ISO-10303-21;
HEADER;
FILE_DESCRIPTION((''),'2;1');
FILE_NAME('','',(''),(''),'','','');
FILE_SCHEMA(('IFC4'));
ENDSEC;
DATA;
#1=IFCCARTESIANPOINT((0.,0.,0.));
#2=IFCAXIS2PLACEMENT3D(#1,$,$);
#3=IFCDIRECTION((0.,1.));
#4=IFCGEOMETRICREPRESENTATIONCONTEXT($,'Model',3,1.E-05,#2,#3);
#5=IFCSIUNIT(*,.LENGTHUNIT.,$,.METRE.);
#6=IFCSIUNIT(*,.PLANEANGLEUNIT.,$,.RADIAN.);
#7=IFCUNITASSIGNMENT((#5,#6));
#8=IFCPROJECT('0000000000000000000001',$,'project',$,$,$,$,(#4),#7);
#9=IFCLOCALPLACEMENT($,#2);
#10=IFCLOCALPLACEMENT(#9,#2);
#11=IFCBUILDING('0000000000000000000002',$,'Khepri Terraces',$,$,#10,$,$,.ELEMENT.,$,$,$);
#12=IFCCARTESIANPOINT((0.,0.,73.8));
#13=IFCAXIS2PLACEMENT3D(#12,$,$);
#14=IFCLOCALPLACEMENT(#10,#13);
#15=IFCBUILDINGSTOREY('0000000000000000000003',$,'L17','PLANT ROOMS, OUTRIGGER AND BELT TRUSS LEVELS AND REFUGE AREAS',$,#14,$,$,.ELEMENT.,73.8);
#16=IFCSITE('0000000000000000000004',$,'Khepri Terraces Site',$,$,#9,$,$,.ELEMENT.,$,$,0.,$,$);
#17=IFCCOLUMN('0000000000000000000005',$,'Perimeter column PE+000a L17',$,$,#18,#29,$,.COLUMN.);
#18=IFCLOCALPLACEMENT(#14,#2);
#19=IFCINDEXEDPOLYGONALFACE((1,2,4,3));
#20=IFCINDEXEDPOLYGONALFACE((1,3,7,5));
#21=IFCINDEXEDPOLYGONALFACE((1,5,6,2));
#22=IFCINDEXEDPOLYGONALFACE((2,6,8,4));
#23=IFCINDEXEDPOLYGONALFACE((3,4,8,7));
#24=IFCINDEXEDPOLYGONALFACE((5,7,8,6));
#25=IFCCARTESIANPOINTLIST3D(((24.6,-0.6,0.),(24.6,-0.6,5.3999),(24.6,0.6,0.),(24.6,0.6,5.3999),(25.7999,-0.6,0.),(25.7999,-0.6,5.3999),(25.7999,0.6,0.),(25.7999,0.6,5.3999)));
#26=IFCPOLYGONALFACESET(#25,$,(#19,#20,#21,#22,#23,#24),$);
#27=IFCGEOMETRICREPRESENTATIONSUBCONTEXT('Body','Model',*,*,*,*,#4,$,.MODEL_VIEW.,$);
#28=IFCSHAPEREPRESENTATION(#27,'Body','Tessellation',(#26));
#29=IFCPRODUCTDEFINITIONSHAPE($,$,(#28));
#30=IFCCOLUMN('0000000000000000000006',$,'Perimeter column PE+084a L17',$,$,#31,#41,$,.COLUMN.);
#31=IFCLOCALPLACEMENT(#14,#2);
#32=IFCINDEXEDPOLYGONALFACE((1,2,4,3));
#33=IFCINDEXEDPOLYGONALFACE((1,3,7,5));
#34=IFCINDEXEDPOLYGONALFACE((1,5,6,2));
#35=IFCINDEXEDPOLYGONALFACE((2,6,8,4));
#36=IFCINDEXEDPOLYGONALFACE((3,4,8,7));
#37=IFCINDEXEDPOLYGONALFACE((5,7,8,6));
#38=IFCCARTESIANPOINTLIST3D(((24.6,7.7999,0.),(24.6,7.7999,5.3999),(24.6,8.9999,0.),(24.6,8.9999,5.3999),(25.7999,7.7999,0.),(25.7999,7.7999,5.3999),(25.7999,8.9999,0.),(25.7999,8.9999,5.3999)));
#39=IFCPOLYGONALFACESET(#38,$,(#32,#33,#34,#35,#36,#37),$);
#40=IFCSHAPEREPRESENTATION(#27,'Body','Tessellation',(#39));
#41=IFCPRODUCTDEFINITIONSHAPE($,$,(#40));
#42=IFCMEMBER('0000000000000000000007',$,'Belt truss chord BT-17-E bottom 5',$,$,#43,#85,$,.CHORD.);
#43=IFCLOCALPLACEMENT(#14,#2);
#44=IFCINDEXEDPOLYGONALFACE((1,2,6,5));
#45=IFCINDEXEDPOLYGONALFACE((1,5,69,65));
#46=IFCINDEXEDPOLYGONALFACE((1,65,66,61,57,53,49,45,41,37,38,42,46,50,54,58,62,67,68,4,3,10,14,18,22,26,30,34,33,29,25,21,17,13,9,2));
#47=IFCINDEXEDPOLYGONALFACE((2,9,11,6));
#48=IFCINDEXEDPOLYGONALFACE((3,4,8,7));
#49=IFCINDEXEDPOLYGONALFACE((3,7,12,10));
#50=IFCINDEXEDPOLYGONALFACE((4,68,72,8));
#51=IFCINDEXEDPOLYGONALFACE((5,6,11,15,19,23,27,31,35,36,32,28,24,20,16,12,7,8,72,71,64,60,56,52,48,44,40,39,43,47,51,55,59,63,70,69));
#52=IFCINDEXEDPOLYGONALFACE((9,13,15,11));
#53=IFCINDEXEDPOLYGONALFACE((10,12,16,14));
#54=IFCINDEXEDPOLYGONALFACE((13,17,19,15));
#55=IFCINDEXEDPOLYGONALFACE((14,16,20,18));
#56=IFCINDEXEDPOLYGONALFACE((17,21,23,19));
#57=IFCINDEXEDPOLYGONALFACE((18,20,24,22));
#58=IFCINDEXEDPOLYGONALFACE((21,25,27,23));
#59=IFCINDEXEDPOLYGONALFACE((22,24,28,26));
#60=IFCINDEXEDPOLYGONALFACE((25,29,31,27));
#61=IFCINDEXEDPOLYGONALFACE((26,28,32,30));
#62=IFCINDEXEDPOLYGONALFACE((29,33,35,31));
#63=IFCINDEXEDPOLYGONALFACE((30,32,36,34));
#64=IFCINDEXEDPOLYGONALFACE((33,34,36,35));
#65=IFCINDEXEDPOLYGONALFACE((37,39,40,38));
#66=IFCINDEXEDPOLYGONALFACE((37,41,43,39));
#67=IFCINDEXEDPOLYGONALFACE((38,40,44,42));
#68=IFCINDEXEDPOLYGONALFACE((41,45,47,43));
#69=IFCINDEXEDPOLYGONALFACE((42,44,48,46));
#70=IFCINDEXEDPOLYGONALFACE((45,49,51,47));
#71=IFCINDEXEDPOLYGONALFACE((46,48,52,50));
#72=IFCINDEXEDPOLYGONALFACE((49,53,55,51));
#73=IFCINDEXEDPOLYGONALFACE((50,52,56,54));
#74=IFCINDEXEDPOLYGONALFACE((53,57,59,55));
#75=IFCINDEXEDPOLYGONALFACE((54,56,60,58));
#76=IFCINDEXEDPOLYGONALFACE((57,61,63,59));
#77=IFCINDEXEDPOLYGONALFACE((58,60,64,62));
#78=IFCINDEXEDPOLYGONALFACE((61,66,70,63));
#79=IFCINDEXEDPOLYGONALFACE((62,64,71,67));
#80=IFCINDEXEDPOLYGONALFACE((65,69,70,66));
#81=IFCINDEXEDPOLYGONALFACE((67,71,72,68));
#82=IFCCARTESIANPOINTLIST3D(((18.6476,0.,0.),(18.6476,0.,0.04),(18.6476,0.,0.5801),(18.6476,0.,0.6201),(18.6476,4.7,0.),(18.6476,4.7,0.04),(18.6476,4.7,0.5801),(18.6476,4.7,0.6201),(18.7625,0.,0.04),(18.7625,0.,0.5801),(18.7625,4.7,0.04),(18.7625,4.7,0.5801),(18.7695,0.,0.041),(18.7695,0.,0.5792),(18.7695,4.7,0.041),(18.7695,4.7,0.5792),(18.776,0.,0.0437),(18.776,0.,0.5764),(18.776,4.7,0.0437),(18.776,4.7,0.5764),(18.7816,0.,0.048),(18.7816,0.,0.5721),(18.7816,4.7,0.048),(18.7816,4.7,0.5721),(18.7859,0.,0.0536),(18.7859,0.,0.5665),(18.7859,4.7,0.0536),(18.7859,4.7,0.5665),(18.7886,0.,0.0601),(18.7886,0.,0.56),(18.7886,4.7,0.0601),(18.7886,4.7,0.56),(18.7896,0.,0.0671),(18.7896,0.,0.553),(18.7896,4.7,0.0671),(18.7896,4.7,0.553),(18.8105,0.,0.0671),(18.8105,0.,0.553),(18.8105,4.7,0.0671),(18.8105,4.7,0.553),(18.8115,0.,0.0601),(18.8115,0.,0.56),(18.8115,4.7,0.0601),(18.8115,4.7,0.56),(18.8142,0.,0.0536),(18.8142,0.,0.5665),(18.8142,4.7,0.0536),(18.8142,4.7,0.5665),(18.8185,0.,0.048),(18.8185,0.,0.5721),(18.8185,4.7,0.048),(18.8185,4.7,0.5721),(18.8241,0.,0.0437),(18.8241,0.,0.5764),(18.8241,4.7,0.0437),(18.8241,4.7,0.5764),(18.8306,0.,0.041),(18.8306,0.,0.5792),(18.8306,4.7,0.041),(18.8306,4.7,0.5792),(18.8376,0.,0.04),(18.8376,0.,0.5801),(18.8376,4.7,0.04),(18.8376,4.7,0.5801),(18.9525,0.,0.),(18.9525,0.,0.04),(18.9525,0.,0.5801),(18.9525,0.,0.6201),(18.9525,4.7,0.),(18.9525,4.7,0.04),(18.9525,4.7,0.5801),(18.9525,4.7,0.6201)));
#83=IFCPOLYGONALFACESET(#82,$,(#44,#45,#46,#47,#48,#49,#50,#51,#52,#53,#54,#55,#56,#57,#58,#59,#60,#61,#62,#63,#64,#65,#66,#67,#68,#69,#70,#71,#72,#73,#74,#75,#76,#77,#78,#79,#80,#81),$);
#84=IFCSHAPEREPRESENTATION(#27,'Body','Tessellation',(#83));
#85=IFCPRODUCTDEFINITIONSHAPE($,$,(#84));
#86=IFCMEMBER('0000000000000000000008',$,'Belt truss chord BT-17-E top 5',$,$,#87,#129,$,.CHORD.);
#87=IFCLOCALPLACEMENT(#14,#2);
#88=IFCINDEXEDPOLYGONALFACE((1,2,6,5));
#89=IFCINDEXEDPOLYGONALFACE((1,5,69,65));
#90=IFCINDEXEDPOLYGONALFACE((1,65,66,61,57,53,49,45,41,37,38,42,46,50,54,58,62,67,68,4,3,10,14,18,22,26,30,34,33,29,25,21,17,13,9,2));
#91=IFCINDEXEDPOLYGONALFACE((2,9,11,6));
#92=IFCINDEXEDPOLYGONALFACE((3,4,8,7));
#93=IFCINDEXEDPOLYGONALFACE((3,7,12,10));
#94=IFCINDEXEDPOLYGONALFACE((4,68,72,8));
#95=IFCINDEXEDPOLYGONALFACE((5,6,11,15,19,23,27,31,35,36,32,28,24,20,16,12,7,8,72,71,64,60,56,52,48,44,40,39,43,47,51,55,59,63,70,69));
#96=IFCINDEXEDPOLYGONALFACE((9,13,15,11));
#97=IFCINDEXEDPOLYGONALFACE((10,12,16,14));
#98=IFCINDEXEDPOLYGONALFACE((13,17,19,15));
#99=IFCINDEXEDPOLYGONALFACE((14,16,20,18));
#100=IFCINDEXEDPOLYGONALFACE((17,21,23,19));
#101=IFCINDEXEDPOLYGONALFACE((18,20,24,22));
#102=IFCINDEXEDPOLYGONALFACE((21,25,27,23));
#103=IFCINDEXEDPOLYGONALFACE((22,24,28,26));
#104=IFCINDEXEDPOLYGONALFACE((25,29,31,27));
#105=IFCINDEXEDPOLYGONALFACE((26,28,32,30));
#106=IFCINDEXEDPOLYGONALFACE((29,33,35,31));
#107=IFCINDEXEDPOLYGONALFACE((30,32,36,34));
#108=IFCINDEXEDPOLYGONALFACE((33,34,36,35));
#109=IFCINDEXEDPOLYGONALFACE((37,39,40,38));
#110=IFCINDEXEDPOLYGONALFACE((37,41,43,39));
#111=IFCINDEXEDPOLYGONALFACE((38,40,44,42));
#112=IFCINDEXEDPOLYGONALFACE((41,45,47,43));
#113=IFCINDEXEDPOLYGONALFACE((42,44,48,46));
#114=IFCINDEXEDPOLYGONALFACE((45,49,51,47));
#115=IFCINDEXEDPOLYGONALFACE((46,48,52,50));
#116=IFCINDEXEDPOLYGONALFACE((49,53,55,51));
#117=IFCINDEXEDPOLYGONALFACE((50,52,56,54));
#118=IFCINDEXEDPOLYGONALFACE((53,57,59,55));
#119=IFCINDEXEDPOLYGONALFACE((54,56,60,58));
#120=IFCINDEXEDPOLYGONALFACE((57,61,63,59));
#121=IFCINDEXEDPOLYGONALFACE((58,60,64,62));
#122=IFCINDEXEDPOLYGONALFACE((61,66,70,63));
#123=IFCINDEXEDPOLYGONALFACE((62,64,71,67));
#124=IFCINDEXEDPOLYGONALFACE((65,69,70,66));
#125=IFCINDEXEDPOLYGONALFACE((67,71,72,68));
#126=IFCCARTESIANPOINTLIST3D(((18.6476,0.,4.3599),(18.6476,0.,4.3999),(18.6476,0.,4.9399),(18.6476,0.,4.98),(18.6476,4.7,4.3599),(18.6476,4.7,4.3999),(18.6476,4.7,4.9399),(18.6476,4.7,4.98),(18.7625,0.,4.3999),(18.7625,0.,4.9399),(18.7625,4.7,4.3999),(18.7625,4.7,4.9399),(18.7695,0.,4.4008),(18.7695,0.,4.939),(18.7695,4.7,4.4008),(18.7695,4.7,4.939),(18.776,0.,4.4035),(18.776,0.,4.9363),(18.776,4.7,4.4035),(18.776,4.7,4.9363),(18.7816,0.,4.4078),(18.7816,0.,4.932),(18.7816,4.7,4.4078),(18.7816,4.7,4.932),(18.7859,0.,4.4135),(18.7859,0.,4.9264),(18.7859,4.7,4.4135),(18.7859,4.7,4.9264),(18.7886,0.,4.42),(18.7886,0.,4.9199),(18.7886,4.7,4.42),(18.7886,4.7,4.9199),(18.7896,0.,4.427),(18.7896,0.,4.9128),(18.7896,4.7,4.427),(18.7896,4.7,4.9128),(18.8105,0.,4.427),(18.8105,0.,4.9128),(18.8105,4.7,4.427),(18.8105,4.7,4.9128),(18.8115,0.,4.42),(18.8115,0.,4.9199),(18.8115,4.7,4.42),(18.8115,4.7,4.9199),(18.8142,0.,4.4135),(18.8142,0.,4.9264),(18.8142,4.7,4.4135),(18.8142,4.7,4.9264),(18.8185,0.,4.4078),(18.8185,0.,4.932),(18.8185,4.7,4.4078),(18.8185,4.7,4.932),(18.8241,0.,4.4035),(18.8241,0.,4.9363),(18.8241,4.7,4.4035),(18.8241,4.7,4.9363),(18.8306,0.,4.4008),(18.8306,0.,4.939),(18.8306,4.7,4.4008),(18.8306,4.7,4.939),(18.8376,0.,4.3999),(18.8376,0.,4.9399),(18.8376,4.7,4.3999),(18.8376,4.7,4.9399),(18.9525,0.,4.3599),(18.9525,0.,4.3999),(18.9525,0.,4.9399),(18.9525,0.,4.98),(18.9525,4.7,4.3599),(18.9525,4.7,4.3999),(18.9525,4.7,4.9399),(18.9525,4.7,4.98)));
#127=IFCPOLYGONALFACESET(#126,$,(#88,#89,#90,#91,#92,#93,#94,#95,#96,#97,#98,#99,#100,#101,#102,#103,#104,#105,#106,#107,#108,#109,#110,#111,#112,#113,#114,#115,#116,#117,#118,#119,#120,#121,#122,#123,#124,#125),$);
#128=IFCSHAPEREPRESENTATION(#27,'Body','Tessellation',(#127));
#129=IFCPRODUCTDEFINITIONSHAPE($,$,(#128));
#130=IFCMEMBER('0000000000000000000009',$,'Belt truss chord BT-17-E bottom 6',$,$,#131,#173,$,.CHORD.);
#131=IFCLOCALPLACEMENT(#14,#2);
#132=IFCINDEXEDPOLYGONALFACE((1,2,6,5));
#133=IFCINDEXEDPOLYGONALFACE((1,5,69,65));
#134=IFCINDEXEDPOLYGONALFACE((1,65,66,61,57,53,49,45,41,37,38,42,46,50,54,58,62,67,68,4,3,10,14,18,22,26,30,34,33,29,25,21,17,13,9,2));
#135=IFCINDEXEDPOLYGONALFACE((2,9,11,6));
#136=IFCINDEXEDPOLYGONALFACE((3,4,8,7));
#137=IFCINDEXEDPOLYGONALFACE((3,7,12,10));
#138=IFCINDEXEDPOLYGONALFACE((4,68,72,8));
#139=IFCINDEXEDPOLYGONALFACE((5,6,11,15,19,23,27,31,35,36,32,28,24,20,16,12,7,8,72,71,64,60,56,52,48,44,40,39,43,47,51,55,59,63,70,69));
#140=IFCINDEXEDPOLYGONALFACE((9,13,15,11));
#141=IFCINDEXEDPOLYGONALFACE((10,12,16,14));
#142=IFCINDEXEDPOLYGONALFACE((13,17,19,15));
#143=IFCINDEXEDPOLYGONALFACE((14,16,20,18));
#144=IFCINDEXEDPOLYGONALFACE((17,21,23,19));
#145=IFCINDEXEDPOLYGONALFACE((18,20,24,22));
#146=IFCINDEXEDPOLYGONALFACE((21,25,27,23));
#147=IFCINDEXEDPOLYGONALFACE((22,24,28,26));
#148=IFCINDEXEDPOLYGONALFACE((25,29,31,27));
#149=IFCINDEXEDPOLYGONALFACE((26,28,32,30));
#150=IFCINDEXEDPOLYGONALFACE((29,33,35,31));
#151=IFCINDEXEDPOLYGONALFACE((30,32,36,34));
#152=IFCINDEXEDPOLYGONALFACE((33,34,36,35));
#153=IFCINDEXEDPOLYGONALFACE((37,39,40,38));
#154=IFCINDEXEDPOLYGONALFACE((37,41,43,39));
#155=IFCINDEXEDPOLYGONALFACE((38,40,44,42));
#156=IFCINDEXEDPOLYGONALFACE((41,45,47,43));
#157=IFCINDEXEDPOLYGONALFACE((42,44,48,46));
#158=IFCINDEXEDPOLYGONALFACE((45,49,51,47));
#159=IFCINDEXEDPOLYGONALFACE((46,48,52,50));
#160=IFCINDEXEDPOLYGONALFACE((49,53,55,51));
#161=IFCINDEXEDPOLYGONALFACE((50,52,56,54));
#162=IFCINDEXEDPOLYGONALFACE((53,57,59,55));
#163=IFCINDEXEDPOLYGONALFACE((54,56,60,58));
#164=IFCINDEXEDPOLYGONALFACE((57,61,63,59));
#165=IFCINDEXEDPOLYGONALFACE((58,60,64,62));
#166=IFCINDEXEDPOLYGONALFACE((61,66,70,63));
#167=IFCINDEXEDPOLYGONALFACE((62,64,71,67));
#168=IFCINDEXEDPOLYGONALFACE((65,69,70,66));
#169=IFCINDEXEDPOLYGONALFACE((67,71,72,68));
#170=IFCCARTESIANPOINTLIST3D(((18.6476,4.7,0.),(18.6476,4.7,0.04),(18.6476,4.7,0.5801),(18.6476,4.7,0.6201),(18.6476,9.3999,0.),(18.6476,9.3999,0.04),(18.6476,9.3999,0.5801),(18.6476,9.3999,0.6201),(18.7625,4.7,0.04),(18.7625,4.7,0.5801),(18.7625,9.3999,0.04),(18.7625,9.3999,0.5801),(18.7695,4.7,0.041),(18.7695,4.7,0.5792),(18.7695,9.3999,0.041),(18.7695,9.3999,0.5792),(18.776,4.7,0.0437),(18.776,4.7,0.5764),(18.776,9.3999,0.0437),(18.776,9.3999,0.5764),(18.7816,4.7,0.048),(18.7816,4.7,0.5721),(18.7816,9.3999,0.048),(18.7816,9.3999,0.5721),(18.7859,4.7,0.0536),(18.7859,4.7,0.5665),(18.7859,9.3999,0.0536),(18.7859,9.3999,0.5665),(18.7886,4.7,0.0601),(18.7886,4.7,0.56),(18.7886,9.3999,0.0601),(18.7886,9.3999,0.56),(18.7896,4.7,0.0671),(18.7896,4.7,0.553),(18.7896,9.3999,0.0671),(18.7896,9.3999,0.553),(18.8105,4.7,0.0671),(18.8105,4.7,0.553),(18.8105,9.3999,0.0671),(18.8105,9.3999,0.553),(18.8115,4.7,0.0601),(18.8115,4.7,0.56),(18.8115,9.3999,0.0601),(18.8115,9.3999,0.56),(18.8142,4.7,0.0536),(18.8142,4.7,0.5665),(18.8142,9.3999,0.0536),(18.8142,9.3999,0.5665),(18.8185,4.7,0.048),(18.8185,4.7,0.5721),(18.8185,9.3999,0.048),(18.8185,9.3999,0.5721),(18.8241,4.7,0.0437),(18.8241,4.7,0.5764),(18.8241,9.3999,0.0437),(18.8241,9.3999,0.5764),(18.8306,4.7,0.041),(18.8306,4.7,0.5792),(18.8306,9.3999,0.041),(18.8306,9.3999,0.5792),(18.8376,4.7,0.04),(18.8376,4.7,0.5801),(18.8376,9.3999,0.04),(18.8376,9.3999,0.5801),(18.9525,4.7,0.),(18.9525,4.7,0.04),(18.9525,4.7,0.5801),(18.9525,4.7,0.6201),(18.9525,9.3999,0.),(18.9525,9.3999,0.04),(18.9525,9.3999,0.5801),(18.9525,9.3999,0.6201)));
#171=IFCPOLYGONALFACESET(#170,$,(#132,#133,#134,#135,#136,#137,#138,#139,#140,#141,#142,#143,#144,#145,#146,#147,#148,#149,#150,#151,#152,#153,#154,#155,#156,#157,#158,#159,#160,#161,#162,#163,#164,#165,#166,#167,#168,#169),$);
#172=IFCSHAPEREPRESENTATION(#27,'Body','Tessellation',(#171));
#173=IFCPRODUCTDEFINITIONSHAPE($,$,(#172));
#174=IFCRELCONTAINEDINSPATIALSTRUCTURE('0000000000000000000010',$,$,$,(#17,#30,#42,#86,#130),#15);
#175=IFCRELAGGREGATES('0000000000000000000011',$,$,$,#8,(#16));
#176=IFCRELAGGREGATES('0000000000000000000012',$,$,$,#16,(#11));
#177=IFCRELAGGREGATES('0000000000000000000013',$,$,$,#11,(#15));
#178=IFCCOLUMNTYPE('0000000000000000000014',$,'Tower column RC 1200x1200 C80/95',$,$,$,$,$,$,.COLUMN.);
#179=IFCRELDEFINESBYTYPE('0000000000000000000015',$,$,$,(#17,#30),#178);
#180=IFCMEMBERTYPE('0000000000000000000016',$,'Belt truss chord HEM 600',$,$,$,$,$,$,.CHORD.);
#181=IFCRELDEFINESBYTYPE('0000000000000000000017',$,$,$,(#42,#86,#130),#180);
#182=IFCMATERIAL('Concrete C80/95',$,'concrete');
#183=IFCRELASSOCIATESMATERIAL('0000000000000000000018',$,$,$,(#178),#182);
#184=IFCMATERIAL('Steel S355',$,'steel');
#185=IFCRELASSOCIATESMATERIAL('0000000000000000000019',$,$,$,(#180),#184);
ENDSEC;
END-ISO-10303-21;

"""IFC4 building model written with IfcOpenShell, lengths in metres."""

from ifc_helpers import new_model, si_unit, direction, frame, origin, origin_2d, place, context, subcontext, project, spatial, rectangle, i_section, extrude, material, material_profile, profile_set, type_object, element, save


model = new_model("IFC4")

# Units and contexts
model_context = context("Model", 3, precision=1e-05, world=origin(), true_north=direction((0.0, 1.0)))
body_context = subcontext(model_context, "Body", "Model", "MODEL_VIEW")
ifc_project = project(units=[si_unit("LENGTHUNIT", "METRE"), si_unit("PLANEANGLEUNIT", "RADIAN")], contexts=[model_context])

# Site, building, storey
site_placement = place(None, origin())
site = spatial("IfcSite", under=ifc_project, at=site_placement, Name="Khepri Terraces Site", CompositionType="ELEMENT", RefElevation=0.0)
building_placement = place(site_placement, origin())
building = spatial("IfcBuilding", under=site, at=building_placement, Name="Khepri Terraces", CompositionType="ELEMENT")
storey_placement = place(building_placement, frame((0.0, 0.0, 73.8)))
storey = spatial("IfcBuildingStorey", under=building, at=storey_placement, Name="L17", Description="PLANT ROOMS, OUTRIGGER AND BELT TRUSS LEVELS AND REFUGE AREAS", CompositionType="ELEMENT", Elevation=73.8)

# Columns
ifc_material_1 = material(Name="Concrete C80/95", Category="concrete")
ifc_material_profile_1 = material_profile(ifc_material_1, rectangle(XDim=1.2, YDim=1.2, at=origin_2d()), Name="Concrete C80/95", Category="concrete")
ifc_profile_set_1 = profile_set([ifc_material_profile_1], Name="Concrete C80/95")
column_type = type_object("IfcColumnType", Name="Tower column RC 1200x1200 C80/95", PredefinedType="COLUMN", material=ifc_profile_set_1)
for number, where, z_axis, x_axis, name in (
    (1, (25.2, 0.0, 0.0), (0.0, 0.0, 1.0), (1.0, 0.0, 0.0), "Perimeter column PE+000a L17"),
    (2, (25.2, 8.3999, 0.0), (0.0, 0.0, 1.0), (1.0, 0.0, 0.0), "Perimeter column PE+084a L17"),
):
    element("IfcColumn", number, at=place(storey_placement, frame(where, z_axis=z_axis, x_axis=x_axis)), inside=storey, type_object=column_type, Name=name, PredefinedType="COLUMN", context=body_context, shape_type="SweptSolid", body=[
        extrude(rectangle(XDim=1.2, YDim=1.2, at=origin_2d()), origin(), (0.0, 0.0, 1.0), 5.3999),
    ])

# Members
ifc_material_2 = material(Name="Steel S355", Category="steel")
ifc_material_profile_2 = material_profile(ifc_material_2, i_section(OverallWidth=0.3049, OverallDepth=0.6201, WebThickness=0.021, FlangeThickness=0.04, FilletRadius=0.0271, at=origin_2d()), Name="Steel S355", Category="steel")
ifc_profile_set_2 = profile_set([ifc_material_profile_2], Name="Steel S355")
member_type_1 = type_object("IfcMemberType", Name="Belt truss chord HEM 600", PredefinedType="CHORD", material=ifc_profile_set_2)
for number, where, z_axis, x_axis, name in (
    (3, (18.8, 0.0, 0.3101), (0.0, 1.0, 0.0), (-1.0, 0.0, 0.0), "Belt truss chord BT-17-E bottom 5"),
    (4, (18.8, 0.0, 4.6699), (0.0, 1.0, 0.0), (-1.0, 0.0, 0.0), "Belt truss chord BT-17-E top 5"),
    (5, (18.8, 4.7, 0.3101), (0.0, 1.0, 0.0), (-1.0, 0.0, 0.0), "Belt truss chord BT-17-E bottom 6"),
):
    element("IfcMember", number, at=place(storey_placement, frame(where, z_axis=z_axis, x_axis=x_axis)), inside=storey, type_object=member_type_1, Name=name, PredefinedType="CHORD", context=body_context, shape_type="SweptSolid", body=[
        extrude(i_section(OverallWidth=0.3049, OverallDepth=0.6201, WebThickness=0.021, FlangeThickness=0.04, FilletRadius=0.0271, at=origin_2d()), origin(), (0.0, 0.0, 1.0), 4.7),
    ])

save(model, "model.ifc")
